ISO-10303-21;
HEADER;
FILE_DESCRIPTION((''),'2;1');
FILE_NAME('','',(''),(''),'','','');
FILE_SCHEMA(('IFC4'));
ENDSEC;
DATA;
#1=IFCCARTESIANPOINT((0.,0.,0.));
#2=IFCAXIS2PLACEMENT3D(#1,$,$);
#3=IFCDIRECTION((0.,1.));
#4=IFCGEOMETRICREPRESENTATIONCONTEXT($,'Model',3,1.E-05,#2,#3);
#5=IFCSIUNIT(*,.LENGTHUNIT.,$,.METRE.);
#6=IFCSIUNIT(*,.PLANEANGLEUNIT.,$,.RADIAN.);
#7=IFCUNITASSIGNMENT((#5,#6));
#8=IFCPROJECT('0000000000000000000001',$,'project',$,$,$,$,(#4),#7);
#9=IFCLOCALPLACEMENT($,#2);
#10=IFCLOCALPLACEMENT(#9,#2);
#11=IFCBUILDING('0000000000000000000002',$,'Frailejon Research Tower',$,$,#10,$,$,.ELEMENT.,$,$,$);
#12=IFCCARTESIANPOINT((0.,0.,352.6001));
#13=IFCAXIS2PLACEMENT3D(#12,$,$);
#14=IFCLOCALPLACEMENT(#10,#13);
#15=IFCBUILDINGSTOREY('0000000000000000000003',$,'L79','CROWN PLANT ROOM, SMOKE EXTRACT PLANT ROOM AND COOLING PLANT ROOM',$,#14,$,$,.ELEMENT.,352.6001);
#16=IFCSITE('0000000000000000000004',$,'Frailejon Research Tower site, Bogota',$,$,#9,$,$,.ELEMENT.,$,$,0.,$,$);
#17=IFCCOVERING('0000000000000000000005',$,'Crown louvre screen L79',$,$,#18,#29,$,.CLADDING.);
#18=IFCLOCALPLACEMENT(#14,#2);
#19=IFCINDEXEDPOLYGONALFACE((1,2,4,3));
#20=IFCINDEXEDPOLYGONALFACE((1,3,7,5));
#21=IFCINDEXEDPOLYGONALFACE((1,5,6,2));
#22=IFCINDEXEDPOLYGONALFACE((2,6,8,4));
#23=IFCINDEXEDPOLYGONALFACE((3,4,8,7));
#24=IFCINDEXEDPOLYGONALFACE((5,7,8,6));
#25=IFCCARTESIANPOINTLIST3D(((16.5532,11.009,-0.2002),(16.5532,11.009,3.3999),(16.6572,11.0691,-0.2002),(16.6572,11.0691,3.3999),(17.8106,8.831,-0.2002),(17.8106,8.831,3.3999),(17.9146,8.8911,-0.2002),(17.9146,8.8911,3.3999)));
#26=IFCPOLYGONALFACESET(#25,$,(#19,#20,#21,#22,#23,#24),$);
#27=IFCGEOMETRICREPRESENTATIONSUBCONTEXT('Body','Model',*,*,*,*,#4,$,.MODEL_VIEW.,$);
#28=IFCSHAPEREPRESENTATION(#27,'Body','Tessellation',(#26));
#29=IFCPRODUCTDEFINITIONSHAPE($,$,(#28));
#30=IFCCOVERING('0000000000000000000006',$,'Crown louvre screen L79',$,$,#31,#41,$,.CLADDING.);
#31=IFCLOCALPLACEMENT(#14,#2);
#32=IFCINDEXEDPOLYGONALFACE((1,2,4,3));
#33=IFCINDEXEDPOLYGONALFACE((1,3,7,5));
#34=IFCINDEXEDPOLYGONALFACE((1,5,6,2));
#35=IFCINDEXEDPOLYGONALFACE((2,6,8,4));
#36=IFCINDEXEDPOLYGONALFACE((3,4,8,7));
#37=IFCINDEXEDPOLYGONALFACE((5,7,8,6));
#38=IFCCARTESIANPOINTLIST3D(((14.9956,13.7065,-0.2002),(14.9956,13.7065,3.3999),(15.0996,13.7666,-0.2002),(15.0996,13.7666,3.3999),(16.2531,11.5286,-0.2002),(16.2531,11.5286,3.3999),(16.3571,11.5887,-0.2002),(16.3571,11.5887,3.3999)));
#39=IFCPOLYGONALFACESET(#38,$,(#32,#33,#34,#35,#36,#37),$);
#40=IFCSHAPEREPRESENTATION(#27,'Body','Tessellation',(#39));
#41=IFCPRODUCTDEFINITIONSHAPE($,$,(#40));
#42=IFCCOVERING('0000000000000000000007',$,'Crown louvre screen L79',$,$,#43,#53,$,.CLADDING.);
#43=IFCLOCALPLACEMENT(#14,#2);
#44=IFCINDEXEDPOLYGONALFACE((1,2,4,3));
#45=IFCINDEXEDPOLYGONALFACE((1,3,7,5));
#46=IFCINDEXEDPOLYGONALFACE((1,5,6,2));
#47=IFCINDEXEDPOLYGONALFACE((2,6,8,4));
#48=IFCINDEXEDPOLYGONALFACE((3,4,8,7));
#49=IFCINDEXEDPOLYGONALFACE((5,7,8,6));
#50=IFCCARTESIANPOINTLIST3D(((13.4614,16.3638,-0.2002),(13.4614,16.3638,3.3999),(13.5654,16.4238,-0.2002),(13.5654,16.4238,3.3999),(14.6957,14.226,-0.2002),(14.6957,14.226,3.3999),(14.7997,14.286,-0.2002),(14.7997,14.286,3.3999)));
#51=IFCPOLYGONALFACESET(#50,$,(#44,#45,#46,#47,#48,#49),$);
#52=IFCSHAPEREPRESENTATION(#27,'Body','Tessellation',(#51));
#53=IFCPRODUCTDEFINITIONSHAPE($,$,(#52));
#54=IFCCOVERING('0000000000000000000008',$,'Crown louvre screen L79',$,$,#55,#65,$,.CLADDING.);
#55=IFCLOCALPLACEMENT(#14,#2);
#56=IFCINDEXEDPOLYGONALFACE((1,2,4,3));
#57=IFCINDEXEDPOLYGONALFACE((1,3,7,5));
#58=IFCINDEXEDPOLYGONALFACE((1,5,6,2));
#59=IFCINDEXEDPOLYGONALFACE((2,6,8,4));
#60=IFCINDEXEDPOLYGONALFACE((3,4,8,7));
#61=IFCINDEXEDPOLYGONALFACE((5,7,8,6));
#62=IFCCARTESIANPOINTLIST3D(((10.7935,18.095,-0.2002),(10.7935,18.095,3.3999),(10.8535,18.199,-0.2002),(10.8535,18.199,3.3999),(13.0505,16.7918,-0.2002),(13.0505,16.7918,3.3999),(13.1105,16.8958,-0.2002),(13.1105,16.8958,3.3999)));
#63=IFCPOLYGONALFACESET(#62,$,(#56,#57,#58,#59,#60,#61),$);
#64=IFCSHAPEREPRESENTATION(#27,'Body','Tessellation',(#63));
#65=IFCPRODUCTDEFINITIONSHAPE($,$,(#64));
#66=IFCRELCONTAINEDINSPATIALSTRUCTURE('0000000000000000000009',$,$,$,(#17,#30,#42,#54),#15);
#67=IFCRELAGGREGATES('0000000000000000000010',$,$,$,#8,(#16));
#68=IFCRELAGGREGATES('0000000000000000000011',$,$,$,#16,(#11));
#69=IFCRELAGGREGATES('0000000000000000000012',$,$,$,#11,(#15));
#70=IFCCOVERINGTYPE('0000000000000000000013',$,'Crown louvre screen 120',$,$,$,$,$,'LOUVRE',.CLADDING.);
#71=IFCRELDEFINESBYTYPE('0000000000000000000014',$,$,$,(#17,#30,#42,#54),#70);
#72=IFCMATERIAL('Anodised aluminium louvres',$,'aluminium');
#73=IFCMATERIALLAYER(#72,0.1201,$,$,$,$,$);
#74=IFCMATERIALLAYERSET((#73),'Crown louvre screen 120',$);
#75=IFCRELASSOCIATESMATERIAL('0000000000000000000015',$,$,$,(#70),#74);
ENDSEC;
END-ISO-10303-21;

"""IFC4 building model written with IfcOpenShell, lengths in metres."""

from ifc_helpers import new_model, si_unit, direction, frame, origin, place, context, subcontext, project, spatial, polyline, outline, extrude, material, layer, layer_set, type_object, element, save


model = new_model("IFC4")

# Units and contexts
model_context = context("Model", 3, precision=1e-05, world=origin(), true_north=direction((0.0, 1.0)))
body_context = subcontext(model_context, "Body", "Model", "MODEL_VIEW")
ifc_project = project(units=[si_unit("LENGTHUNIT", "METRE"), si_unit("PLANEANGLEUNIT", "RADIAN")], contexts=[model_context])

# Site, building, storey
site_placement = place(None, origin())
site = spatial("IfcSite", under=ifc_project, at=site_placement, Name="Frailejon Research Tower site, Bogota", CompositionType="ELEMENT", RefElevation=0.0)
building_placement = place(site_placement, origin())
building = spatial("IfcBuilding", under=site, at=building_placement, Name="Frailejon Research Tower", CompositionType="ELEMENT")
storey_placement = place(building_placement, frame((0.0, 0.0, 352.6001)))
storey = spatial("IfcBuildingStorey", under=building, at=storey_placement, Name="L79", Description="CROWN PLANT ROOM, SMOKE EXTRACT PLANT ROOM AND COOLING PLANT ROOM", CompositionType="ELEMENT", Elevation=352.6001)

# Coverings
ifc_material_1 = material(Name="Anodised aluminium louvres", Category="aluminium")
ifc_layer_1 = layer(ifc_material_1, 0.1201)
ifc_layer_set_1 = layer_set([ifc_layer_1], Name="Crown louvre screen 120")
covering_type = type_object("IfcCoveringType", Name="Crown louvre screen 120", ElementType="LOUVRE", PredefinedType="CLADDING", material=ifc_layer_set_1)
for number, where, z_axis, x_axis, name in (
    (1, (16.6052, 11.0391, -0.2002), (0.499979, -0.866037, 0.0), (0.866037, 0.499979, 0.0), "Crown louvre screen L79"),
    (2, (15.0476, 13.7366, -0.2002), (0.500009, -0.86602, 0.0), (0.86602, 0.500009, 0.0), "Crown louvre screen L79"),
):
    element("IfcCovering", number, at=place(storey_placement, frame(where, z_axis=z_axis, x_axis=x_axis)), inside=storey, type_object=covering_type, Name=name, PredefinedType="CLADDING", context=body_context, shape_type="SweptSolid", body=[
        extrude(outline(polyline([(-0.0601, 0.0), (0.0601, 0.0), (0.0601, 3.6001), (-0.0601, 3.6001), (-0.0601, 0.0)])), origin(), (0.0, 0.0, 1.0), 2.5149),
    ])
covering_1_placement = place(storey_placement, frame((13.5134, 16.3938, -0.2002), z_axis=(0.499999, -0.866026, 0.0), x_axis=(0.866026, 0.499999, 0.0)))
element("IfcCovering", 3, at=covering_1_placement, inside=storey, type_object=covering_type, Name="Crown louvre screen L79", PredefinedType="CLADDING", context=body_context, shape_type="SweptSolid", body=[
    extrude(outline(polyline([(-0.0601, 0.0), (0.0601, 0.0), (0.0601, 3.6001), (-0.0601, 3.6001), (-0.0601, 0.0)])), origin(), (0.0, 0.0, 1.0), 2.4685),
])
covering_2_placement = place(storey_placement, frame((10.8235, 18.147, -0.2002), z_axis=(0.866012, -0.500022, 0.0), x_axis=(0.500022, 0.866012, 0.0)))
element("IfcCovering", 4, at=covering_2_placement, inside=storey, type_object=covering_type, Name="Crown louvre screen L79", PredefinedType="CLADDING", context=body_context, shape_type="SweptSolid", body=[
    extrude(outline(polyline([(-0.0601, 0.0), (0.0601, 0.0), (0.0601, 3.6001), (-0.0601, 3.6001), (-0.0601, 0.0)])), origin(), (0.0, 0.0, 1.0), 2.6062),
])

save(model, "model.ifc")
